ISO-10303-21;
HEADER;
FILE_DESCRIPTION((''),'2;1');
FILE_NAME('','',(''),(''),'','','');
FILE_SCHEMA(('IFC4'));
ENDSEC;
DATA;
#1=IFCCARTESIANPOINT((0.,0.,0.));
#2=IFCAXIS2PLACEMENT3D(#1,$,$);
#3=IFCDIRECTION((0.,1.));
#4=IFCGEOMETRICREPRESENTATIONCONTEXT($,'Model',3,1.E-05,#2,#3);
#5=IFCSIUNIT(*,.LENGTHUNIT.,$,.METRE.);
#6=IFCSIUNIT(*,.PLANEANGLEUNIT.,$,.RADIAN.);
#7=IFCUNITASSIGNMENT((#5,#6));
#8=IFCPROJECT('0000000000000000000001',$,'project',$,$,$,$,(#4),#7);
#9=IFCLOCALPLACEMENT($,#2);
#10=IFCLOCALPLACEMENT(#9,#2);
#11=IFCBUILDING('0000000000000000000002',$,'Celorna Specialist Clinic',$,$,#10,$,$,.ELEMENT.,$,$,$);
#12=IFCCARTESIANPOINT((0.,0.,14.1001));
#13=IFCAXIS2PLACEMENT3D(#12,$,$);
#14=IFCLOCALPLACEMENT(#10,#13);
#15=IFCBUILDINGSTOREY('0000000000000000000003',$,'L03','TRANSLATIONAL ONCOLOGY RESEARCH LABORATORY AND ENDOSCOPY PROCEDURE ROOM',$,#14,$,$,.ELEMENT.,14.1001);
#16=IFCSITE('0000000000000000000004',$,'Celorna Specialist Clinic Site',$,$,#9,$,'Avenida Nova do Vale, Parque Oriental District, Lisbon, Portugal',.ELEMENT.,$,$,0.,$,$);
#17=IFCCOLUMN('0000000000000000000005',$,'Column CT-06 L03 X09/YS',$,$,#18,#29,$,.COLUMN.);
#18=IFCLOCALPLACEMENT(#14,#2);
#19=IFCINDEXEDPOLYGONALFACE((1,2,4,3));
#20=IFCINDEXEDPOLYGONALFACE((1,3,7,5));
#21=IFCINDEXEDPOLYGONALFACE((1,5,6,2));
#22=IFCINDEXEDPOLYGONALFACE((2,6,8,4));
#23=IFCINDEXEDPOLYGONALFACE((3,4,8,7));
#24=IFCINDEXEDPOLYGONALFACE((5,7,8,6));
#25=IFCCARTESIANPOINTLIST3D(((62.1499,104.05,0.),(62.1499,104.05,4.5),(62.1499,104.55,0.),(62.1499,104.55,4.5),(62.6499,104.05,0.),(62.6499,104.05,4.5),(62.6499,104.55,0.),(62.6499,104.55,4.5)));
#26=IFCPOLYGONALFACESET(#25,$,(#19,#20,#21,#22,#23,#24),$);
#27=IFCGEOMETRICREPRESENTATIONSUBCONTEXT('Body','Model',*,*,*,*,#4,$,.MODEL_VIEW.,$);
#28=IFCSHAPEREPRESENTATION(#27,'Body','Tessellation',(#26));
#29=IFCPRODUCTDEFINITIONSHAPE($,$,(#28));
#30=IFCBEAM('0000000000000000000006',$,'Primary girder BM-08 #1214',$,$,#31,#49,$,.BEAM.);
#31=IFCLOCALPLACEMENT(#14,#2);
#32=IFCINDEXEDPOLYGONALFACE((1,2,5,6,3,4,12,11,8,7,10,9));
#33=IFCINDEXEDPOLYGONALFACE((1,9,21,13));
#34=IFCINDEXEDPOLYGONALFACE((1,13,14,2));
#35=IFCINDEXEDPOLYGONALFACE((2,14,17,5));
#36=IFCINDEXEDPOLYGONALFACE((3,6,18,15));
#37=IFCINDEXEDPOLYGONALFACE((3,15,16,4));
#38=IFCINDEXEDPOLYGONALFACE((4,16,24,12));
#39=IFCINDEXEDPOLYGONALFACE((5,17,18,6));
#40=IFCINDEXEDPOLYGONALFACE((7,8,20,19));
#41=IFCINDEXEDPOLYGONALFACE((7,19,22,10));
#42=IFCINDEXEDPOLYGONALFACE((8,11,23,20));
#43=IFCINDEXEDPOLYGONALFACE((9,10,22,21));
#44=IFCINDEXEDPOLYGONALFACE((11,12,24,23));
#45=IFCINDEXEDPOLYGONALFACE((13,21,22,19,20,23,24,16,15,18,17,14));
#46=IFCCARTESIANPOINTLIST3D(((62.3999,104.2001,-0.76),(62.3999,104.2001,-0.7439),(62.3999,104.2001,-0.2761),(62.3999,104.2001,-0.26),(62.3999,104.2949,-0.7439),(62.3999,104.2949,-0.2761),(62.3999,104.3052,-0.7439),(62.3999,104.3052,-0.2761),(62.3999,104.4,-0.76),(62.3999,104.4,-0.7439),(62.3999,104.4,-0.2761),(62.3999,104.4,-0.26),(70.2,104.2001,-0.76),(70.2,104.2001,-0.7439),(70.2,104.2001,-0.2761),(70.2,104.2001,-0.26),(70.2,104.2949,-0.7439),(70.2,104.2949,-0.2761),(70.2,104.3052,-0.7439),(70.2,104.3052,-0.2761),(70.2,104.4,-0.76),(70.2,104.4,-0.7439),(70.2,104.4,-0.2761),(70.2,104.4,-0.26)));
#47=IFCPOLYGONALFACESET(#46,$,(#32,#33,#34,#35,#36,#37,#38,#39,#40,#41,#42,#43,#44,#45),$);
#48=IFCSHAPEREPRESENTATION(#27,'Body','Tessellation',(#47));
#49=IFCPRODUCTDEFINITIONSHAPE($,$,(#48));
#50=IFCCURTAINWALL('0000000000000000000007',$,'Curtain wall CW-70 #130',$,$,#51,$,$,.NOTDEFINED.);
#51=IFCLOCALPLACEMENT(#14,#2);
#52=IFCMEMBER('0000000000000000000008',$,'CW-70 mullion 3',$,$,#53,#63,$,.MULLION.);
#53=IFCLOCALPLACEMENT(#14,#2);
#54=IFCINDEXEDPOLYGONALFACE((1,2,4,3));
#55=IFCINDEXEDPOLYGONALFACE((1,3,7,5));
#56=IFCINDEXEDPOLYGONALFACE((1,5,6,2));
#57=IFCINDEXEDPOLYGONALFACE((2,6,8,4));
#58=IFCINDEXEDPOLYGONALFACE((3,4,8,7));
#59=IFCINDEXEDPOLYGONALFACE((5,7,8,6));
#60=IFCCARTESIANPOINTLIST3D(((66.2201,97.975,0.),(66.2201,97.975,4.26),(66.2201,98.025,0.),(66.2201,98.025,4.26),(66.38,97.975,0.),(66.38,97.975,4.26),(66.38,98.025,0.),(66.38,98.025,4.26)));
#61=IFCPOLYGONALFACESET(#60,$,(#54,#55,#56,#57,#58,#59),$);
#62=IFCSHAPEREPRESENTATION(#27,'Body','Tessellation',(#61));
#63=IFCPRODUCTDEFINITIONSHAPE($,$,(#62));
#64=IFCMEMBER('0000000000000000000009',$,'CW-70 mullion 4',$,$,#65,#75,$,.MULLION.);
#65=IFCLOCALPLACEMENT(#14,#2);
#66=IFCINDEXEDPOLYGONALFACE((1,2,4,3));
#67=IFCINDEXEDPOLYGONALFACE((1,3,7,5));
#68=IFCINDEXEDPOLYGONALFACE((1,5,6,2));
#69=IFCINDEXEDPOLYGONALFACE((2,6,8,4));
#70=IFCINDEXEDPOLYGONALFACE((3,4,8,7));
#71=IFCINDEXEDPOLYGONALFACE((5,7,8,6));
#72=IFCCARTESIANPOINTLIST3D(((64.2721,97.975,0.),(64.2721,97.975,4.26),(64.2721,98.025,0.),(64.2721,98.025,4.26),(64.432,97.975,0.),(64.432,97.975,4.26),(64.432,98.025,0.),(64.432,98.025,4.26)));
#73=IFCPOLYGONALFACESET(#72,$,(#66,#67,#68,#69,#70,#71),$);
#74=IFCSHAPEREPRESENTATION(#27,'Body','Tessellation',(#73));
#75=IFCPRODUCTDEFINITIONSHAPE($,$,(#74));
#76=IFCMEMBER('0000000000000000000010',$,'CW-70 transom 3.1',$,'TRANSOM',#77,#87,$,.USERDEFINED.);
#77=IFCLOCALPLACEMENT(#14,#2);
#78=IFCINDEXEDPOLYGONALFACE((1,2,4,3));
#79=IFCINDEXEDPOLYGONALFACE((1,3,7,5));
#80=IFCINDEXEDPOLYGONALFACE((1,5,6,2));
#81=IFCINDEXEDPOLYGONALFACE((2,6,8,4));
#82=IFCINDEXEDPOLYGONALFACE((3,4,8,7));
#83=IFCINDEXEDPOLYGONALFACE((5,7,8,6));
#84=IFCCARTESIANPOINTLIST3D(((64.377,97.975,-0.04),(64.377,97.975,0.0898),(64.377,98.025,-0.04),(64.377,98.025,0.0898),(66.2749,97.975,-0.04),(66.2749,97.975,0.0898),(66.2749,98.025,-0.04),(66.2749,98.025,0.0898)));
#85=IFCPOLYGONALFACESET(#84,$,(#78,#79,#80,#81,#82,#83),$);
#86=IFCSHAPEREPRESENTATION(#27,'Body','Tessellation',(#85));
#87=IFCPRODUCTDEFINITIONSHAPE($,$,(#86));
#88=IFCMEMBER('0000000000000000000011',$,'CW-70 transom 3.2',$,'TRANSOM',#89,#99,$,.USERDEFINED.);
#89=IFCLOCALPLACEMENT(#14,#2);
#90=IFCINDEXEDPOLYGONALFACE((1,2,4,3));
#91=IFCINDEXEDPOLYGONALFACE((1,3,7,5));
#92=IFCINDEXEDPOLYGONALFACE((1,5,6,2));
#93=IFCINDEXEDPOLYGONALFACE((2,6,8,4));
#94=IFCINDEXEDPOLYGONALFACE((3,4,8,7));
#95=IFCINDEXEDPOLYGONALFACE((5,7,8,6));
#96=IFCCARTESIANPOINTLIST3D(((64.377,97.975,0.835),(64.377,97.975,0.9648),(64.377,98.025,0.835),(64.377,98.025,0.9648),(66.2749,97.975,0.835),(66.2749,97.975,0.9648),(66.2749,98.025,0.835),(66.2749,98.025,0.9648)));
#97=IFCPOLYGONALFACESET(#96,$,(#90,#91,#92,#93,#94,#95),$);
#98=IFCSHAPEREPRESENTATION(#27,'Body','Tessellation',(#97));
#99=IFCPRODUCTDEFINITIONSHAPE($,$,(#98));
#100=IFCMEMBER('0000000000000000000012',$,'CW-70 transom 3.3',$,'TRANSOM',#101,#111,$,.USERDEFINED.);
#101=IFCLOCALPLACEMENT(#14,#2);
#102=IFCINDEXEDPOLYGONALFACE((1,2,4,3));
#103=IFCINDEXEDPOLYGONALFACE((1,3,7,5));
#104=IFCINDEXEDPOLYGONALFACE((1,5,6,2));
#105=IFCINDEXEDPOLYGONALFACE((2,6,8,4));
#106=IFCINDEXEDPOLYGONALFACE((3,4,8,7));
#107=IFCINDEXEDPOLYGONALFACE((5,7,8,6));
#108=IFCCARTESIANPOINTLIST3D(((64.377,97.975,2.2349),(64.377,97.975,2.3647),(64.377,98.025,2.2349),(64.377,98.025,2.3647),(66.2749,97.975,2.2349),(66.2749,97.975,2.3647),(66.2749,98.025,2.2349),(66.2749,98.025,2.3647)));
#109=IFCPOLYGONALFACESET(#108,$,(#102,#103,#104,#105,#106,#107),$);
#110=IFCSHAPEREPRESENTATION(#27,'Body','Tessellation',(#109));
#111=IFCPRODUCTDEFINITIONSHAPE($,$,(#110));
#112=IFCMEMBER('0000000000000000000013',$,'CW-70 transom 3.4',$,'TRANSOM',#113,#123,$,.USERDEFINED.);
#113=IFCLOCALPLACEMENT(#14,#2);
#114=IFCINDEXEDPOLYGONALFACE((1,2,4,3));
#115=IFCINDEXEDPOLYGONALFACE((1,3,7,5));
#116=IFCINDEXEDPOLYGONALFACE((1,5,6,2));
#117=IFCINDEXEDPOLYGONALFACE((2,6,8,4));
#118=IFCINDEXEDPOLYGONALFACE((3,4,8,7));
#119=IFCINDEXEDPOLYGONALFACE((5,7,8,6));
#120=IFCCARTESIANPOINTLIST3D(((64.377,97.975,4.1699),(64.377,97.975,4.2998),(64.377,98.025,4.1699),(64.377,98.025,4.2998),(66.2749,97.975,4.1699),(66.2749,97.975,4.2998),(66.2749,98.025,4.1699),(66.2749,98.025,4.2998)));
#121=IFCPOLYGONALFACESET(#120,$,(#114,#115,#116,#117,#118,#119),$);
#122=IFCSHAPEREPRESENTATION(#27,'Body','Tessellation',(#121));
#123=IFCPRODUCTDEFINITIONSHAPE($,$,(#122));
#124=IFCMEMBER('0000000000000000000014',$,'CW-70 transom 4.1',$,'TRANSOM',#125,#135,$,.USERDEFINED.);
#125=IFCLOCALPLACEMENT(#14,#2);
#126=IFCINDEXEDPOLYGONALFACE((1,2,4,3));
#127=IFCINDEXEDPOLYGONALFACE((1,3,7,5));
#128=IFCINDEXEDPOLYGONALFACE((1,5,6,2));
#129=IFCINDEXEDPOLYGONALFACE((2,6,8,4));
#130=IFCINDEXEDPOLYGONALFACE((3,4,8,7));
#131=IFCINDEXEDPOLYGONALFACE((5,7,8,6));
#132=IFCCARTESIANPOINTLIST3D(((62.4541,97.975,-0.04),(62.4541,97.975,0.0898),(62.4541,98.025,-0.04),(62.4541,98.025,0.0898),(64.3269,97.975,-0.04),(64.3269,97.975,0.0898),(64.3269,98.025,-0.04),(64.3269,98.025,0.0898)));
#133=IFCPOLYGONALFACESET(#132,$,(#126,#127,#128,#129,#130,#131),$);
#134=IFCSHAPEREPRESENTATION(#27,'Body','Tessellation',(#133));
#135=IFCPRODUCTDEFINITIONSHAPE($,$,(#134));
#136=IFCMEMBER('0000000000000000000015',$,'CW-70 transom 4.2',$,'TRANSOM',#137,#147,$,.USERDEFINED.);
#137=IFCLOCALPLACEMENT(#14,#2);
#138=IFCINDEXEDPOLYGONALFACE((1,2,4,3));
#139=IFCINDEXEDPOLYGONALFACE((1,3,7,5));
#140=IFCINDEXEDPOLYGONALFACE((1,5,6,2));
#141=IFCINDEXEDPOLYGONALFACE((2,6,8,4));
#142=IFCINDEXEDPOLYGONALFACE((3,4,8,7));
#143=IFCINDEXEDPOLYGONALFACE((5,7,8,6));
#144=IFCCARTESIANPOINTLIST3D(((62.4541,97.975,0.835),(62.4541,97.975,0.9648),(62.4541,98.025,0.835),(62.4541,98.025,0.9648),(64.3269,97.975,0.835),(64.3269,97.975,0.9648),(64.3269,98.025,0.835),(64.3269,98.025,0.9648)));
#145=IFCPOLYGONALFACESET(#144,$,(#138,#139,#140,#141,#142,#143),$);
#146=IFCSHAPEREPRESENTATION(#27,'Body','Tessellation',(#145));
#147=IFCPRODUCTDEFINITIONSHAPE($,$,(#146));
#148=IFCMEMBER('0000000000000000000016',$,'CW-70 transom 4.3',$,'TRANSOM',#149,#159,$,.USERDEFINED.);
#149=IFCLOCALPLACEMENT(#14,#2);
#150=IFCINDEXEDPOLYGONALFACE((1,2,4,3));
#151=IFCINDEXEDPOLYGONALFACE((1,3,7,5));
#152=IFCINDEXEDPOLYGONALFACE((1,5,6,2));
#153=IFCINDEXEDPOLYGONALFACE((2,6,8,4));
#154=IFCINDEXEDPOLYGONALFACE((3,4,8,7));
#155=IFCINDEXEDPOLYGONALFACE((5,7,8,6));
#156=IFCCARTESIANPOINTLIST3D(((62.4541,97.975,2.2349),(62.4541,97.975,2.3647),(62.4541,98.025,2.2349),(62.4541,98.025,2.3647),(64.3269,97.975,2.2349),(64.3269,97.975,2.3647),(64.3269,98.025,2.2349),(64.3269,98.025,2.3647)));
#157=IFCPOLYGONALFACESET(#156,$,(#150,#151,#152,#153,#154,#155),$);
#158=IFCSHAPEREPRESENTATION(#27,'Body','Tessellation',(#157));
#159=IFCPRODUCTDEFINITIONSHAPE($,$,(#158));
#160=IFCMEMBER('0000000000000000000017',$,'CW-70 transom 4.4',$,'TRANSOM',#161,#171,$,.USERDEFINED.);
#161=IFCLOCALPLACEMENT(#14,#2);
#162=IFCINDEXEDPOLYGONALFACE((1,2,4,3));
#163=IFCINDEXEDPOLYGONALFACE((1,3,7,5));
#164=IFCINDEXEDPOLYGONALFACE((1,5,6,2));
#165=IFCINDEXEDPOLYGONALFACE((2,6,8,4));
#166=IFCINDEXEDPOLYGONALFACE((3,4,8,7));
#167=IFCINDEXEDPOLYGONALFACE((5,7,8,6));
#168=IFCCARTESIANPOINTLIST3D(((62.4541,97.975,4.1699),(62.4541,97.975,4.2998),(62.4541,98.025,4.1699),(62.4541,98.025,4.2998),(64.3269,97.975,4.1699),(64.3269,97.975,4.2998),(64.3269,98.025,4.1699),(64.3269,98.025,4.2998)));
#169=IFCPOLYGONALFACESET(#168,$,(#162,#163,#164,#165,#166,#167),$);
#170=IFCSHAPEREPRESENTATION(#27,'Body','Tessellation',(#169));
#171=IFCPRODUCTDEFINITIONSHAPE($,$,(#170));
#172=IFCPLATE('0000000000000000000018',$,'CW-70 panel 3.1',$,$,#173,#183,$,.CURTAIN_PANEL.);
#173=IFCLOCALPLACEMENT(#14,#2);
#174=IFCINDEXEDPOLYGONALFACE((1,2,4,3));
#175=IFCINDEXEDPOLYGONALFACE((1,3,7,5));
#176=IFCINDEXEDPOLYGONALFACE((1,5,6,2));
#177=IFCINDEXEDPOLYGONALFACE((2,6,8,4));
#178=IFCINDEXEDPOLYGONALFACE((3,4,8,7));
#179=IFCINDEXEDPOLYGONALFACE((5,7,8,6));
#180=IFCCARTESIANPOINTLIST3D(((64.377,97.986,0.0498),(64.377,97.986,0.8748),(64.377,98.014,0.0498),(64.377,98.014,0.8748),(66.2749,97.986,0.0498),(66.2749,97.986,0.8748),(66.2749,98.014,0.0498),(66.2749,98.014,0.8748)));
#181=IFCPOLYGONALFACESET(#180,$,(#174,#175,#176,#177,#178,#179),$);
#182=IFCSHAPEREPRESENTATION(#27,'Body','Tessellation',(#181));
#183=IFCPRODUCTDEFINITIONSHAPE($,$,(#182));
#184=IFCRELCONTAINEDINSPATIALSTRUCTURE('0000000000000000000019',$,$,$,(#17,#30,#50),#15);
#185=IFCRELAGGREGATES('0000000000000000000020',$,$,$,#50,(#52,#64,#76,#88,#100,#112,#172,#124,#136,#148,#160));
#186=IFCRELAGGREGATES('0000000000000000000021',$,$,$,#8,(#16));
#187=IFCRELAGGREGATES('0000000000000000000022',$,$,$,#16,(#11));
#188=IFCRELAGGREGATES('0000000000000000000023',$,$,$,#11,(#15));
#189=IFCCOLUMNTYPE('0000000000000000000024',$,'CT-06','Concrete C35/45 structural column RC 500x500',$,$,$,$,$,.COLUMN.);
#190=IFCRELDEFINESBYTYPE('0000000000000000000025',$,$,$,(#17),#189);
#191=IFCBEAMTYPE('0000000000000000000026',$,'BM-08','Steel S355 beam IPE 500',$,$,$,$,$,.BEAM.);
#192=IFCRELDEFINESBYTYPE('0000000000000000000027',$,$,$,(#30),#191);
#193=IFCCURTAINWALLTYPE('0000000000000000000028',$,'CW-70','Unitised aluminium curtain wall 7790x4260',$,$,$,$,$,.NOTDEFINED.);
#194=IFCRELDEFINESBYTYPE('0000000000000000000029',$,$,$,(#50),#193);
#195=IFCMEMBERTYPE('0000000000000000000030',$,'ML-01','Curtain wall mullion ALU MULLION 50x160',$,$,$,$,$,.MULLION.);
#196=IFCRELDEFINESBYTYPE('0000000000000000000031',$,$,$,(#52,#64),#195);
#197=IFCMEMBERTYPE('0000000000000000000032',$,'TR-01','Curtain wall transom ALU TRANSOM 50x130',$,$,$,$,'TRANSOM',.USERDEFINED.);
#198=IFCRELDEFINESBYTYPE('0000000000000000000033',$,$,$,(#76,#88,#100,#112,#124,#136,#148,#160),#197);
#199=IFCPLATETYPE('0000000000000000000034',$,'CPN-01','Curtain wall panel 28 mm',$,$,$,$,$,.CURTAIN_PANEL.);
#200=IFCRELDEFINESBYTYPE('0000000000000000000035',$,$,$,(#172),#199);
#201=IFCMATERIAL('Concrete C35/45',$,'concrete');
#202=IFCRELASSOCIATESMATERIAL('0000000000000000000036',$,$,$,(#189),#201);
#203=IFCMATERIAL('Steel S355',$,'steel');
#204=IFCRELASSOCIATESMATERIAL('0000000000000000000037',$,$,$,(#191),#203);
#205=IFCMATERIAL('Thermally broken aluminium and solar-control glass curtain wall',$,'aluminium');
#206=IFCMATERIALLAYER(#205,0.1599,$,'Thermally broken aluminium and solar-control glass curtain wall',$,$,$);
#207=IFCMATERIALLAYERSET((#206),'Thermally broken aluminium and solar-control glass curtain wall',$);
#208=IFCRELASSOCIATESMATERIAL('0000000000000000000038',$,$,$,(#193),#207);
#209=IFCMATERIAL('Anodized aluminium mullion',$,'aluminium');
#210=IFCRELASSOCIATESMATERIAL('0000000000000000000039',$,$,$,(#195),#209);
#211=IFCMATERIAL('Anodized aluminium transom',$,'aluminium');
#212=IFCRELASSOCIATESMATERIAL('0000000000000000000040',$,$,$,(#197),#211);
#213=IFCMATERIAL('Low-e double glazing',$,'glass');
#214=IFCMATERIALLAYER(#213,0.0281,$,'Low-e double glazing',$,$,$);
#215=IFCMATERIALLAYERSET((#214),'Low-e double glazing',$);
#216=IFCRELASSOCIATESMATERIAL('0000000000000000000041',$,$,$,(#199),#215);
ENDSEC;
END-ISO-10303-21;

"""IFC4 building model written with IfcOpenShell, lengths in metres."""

from ifc_helpers import new_model, si_unit, direction, frame, origin, origin_2d, place, context, subcontext, project, spatial, rectangle, i_section, extrude, material, layer, layer_set, material_profile, profile_set, type_object, element, aggregate, save


model = new_model("IFC4")

# Units and contexts
model_context = context("Model", 3, precision=1e-05, world=origin(), true_north=direction((0.0, 1.0)))
body_context = subcontext(model_context, "Body", "Model", "MODEL_VIEW")
ifc_project = project(units=[si_unit("LENGTHUNIT", "METRE"), si_unit("PLANEANGLEUNIT", "RADIAN")], contexts=[model_context])

# Site, building, storey
site_placement = place(None, origin())
site = spatial("IfcSite", under=ifc_project, at=site_placement, Name="Celorna Specialist Clinic Site", LongName="Avenida Nova do Vale, Parque Oriental District, Lisbon, Portugal", CompositionType="ELEMENT", RefElevation=0.0)
building_placement = place(site_placement, origin())
building = spatial("IfcBuilding", under=site, at=building_placement, Name="Celorna Specialist Clinic", CompositionType="ELEMENT")
storey_placement = place(building_placement, frame((0.0, 0.0, 14.1001)))
storey = spatial("IfcBuildingStorey", under=building, at=storey_placement, Name="L03", Description="TRANSLATIONAL ONCOLOGY RESEARCH LABORATORY AND ENDOSCOPY PROCEDURE ROOM", CompositionType="ELEMENT", Elevation=14.1001)

# Column
ifc_material_1 = material(Name="Concrete C35/45", Category="concrete")
ifc_material_profile_1 = material_profile(ifc_material_1, rectangle(XDim=0.5, YDim=0.5, at=origin_2d()), Name="RC 500x500")
ifc_profile_set_1 = profile_set([ifc_material_profile_1], Name="Concrete C35/45")
column_type = type_object("IfcColumnType", Name="CT-06", Description="Concrete C35/45 structural column RC 500x500", PredefinedType="COLUMN", material=ifc_profile_set_1)
column_placement = place(storey_placement, frame((62.3999, 104.3, 0.0), z_axis=(0.0, 0.0, 1.0), x_axis=(1.0, 0.0, 0.0)))
element("IfcColumn", 1, at=column_placement, inside=storey, type_object=column_type, Name="Column CT-06 L03 X09/YS", PredefinedType="COLUMN", context=body_context, shape_type="SweptSolid", body=[
    extrude(rectangle(XDim=0.5, YDim=0.5, at=origin_2d()), origin(), (0.0, 0.0, 1.0), 4.5),
])

# Beam
ifc_material_2 = material(Name="Steel S355", Category="steel")
ifc_material_profile_2 = material_profile(ifc_material_2, i_section(OverallWidth=0.2, OverallDepth=0.5, WebThickness=0.0103, FlangeThickness=0.0161, at=origin_2d()), Name="IPE 500")
ifc_profile_set_2 = profile_set([ifc_material_profile_2], Name="Steel S355")
beam_type = type_object("IfcBeamType", Name="BM-08", Description="Steel S355 beam IPE 500", PredefinedType="BEAM", material=ifc_profile_set_2)
beam_placement = place(storey_placement, frame((62.3999, 104.3, -0.51), z_axis=(1.0, 0.0, 0.0), x_axis=(0.0, 1.0, 0.0)))
element("IfcBeam", 2, at=beam_placement, inside=storey, type_object=beam_type, Name="Primary girder BM-08 #1214", PredefinedType="BEAM", context=body_context, shape_type="SweptSolid", body=[
    extrude(i_section(OverallWidth=0.2, OverallDepth=0.5, WebThickness=0.0103, FlangeThickness=0.0161, at=origin_2d()), origin(), (0.0, 0.0, 1.0), 7.8),
])

# Curtain wall, members, plate
ifc_material_3 = material(Name="Thermally broken aluminium and solar-control glass curtain wall", Category="aluminium")
ifc_layer_1 = layer(ifc_material_3, 0.1599, Name="Thermally broken aluminium and solar-control glass curtain wall")
ifc_layer_set_1 = layer_set([ifc_layer_1], Name="Thermally broken aluminium and solar-control glass curtain wall")
curtain_wall_type = type_object("IfcCurtainWallType", Name="CW-70", Description="Unitised aluminium curtain wall 7790x4260", PredefinedType="NOTDEFINED", material=ifc_layer_set_1)
curtain_wall_placement = place(storey_placement, origin())
curtain_wall = element("IfcCurtainWall", 3, at=curtain_wall_placement, inside=storey, type_object=curtain_wall_type, Name="Curtain wall CW-70 #130", PredefinedType="NOTDEFINED")
ifc_material_4 = material(Name="Anodized aluminium mullion", Category="aluminium")
ifc_material_profile_3 = material_profile(ifc_material_4, rectangle(XDim=0.05, YDim=0.1599, at=origin_2d()), Name="ALU MULLION 50x160")
ifc_profile_set_3 = profile_set([ifc_material_profile_3], Name="Anodized aluminium mullion")
member_type_1 = type_object("IfcMemberType", Name="ML-01", Description="Curtain wall mullion ALU MULLION 50x160", PredefinedType="MULLION", material=ifc_profile_set_3)
member_1_placement = place(storey_placement, frame((66.3, 98.0, 0.0), z_axis=(0.0, 0.0, 1.0), x_axis=(0.0, -1.0, 0.0)))
member_1 = element("IfcMember", 4, at=member_1_placement, type_object=member_type_1, Name="CW-70 mullion 3", PredefinedType="MULLION", context=body_context, shape_type="SweptSolid", body=[
    extrude(rectangle(XDim=0.05, YDim=0.1599, at=origin_2d()), origin(), (0.0, 0.0, 1.0), 4.26),
])
member_2_placement = place(storey_placement, frame((64.3521, 98.0, 0.0), z_axis=(0.0, 0.0, 1.0), x_axis=(0.0, -1.0, 0.0)))
member_2 = element("IfcMember", 5, at=member_2_placement, type_object=member_type_1, Name="CW-70 mullion 4", PredefinedType="MULLION", context=body_context, shape_type="SweptSolid", body=[
    extrude(rectangle(XDim=0.05, YDim=0.1599, at=origin_2d()), origin(), (0.0, 0.0, 1.0), 4.26),
])
ifc_material_5 = material(Name="Anodized aluminium transom", Category="aluminium")
ifc_material_profile_4 = material_profile(ifc_material_5, rectangle(XDim=0.05, YDim=0.1299, at=origin_2d()), Name="ALU TRANSOM 50x130")
ifc_profile_set_4 = profile_set([ifc_material_profile_4], Name="Anodized aluminium transom")
member_type_2 = type_object("IfcMemberType", Name="TR-01", Description="Curtain wall transom ALU TRANSOM 50x130", ElementType="TRANSOM", PredefinedType="USERDEFINED", material=ifc_profile_set_4)
member_3_placement = place(storey_placement, frame((66.2749, 98.0, 0.0249), z_axis=(-1.0, 0.0, 0.0), x_axis=(0.0, -1.0, 0.0)))
member_3 = element("IfcMember", 6, at=member_3_placement, type_object=member_type_2, Name="CW-70 transom 3.1", ObjectType="TRANSOM", PredefinedType="USERDEFINED", context=body_context, shape_type="SweptSolid", body=[
    extrude(rectangle(XDim=0.05, YDim=0.1299, at=origin_2d()), origin(), (0.0, 0.0, 1.0), 1.8979),
])
member_4_placement = place(storey_placement, frame((66.2749, 98.0, 0.8999), z_axis=(-1.0, 0.0, 0.0), x_axis=(0.0, -1.0, 0.0)))
member_4 = element("IfcMember", 7, at=member_4_placement, type_object=member_type_2, Name="CW-70 transom 3.2", ObjectType="TRANSOM", PredefinedType="USERDEFINED", context=body_context, shape_type="SweptSolid", body=[
    extrude(rectangle(XDim=0.05, YDim=0.1299, at=origin_2d()), origin(), (0.0, 0.0, 1.0), 1.8979),
])
member_5_placement = place(storey_placement, frame((66.2749, 98.0, 2.2998), z_axis=(-1.0, 0.0, 0.0), x_axis=(0.0, -1.0, 0.0)))
member_5 = element("IfcMember", 8, at=member_5_placement, type_object=member_type_2, Name="CW-70 transom 3.3", ObjectType="TRANSOM", PredefinedType="USERDEFINED", context=body_context, shape_type="SweptSolid", body=[
    extrude(rectangle(XDim=0.05, YDim=0.1299, at=origin_2d()), origin(), (0.0, 0.0, 1.0), 1.8979),
])
member_6_placement = place(storey_placement, frame((66.2749, 98.0, 4.2349), z_axis=(-1.0, 0.0, 0.0), x_axis=(0.0, -1.0, 0.0)))
member_6 = element("IfcMember", 9, at=member_6_placement, type_object=member_type_2, Name="CW-70 transom 3.4", ObjectType="TRANSOM", PredefinedType="USERDEFINED", context=body_context, shape_type="SweptSolid", body=[
    extrude(rectangle(XDim=0.05, YDim=0.1299, at=origin_2d()), origin(), (0.0, 0.0, 1.0), 1.8979),
])
member_7_placement = place(storey_placement, frame((64.3269, 98.0, 0.0249), z_axis=(-1.0, 0.0, 0.0), x_axis=(0.0, -1.0, 0.0)))
member_7 = element("IfcMember", 10, at=member_7_placement, type_object=member_type_2, Name="CW-70 transom 4.1", ObjectType="TRANSOM", PredefinedType="USERDEFINED", context=body_context, shape_type="SweptSolid", body=[
    extrude(rectangle(XDim=0.05, YDim=0.1299, at=origin_2d()), origin(), (0.0, 0.0, 1.0), 1.8728),
])
member_8_placement = place(storey_placement, frame((64.3269, 98.0, 0.8999), z_axis=(-1.0, 0.0, 0.0), x_axis=(0.0, -1.0, 0.0)))
member_8 = element("IfcMember", 11, at=member_8_placement, type_object=member_type_2, Name="CW-70 transom 4.2", ObjectType="TRANSOM", PredefinedType="USERDEFINED", context=body_context, shape_type="SweptSolid", body=[
    extrude(rectangle(XDim=0.05, YDim=0.1299, at=origin_2d()), origin(), (0.0, 0.0, 1.0), 1.8728),
])
member_9_placement = place(storey_placement, frame((64.3269, 98.0, 2.2998), z_axis=(-1.0, 0.0, 0.0), x_axis=(0.0, -1.0, 0.0)))
member_9 = element("IfcMember", 12, at=member_9_placement, type_object=member_type_2, Name="CW-70 transom 4.3", ObjectType="TRANSOM", PredefinedType="USERDEFINED", context=body_context, shape_type="SweptSolid", body=[
    extrude(rectangle(XDim=0.05, YDim=0.1299, at=origin_2d()), origin(), (0.0, 0.0, 1.0), 1.8728),
])
member_10_placement = place(storey_placement, frame((64.3269, 98.0, 4.2349), z_axis=(-1.0, 0.0, 0.0), x_axis=(0.0, -1.0, 0.0)))
member_10 = element("IfcMember", 13, at=member_10_placement, type_object=member_type_2, Name="CW-70 transom 4.4", ObjectType="TRANSOM", PredefinedType="USERDEFINED", context=body_context, shape_type="SweptSolid", body=[
    extrude(rectangle(XDim=0.05, YDim=0.1299, at=origin_2d()), origin(), (0.0, 0.0, 1.0), 1.8728),
])
ifc_material_6 = material(Name="Low-e double glazing", Category="glass")
ifc_layer_2 = layer(ifc_material_6, 0.0281, Name="Low-e double glazing")
ifc_layer_set_2 = layer_set([ifc_layer_2], Name="Low-e double glazing")
plate_type = type_object("IfcPlateType", Name="CPN-01", Description="Curtain wall panel 28 mm", PredefinedType="CURTAIN_PANEL", material=ifc_layer_set_2)
plate_1_placement = place(storey_placement, frame((65.3259, 98.0, 0.0498), z_axis=(0.0, 0.0, 1.0), x_axis=(-1.0, 0.0, 0.0)))
plate_1 = element("IfcPlate", 14, at=plate_1_placement, type_object=plate_type, Name="CW-70 panel 3.1", PredefinedType="CURTAIN_PANEL", context=body_context, shape_type="SweptSolid", body=[
    extrude(rectangle(XDim=1.8979, YDim=0.0281, at=origin_2d()), origin(), (0.0, 0.0, 1.0), 0.825),
])
aggregate(curtain_wall, [member_1, member_2, member_3, member_4, member_5, member_6, plate_1, member_7, member_8, member_9, member_10])

save(model, "model.ifc")
